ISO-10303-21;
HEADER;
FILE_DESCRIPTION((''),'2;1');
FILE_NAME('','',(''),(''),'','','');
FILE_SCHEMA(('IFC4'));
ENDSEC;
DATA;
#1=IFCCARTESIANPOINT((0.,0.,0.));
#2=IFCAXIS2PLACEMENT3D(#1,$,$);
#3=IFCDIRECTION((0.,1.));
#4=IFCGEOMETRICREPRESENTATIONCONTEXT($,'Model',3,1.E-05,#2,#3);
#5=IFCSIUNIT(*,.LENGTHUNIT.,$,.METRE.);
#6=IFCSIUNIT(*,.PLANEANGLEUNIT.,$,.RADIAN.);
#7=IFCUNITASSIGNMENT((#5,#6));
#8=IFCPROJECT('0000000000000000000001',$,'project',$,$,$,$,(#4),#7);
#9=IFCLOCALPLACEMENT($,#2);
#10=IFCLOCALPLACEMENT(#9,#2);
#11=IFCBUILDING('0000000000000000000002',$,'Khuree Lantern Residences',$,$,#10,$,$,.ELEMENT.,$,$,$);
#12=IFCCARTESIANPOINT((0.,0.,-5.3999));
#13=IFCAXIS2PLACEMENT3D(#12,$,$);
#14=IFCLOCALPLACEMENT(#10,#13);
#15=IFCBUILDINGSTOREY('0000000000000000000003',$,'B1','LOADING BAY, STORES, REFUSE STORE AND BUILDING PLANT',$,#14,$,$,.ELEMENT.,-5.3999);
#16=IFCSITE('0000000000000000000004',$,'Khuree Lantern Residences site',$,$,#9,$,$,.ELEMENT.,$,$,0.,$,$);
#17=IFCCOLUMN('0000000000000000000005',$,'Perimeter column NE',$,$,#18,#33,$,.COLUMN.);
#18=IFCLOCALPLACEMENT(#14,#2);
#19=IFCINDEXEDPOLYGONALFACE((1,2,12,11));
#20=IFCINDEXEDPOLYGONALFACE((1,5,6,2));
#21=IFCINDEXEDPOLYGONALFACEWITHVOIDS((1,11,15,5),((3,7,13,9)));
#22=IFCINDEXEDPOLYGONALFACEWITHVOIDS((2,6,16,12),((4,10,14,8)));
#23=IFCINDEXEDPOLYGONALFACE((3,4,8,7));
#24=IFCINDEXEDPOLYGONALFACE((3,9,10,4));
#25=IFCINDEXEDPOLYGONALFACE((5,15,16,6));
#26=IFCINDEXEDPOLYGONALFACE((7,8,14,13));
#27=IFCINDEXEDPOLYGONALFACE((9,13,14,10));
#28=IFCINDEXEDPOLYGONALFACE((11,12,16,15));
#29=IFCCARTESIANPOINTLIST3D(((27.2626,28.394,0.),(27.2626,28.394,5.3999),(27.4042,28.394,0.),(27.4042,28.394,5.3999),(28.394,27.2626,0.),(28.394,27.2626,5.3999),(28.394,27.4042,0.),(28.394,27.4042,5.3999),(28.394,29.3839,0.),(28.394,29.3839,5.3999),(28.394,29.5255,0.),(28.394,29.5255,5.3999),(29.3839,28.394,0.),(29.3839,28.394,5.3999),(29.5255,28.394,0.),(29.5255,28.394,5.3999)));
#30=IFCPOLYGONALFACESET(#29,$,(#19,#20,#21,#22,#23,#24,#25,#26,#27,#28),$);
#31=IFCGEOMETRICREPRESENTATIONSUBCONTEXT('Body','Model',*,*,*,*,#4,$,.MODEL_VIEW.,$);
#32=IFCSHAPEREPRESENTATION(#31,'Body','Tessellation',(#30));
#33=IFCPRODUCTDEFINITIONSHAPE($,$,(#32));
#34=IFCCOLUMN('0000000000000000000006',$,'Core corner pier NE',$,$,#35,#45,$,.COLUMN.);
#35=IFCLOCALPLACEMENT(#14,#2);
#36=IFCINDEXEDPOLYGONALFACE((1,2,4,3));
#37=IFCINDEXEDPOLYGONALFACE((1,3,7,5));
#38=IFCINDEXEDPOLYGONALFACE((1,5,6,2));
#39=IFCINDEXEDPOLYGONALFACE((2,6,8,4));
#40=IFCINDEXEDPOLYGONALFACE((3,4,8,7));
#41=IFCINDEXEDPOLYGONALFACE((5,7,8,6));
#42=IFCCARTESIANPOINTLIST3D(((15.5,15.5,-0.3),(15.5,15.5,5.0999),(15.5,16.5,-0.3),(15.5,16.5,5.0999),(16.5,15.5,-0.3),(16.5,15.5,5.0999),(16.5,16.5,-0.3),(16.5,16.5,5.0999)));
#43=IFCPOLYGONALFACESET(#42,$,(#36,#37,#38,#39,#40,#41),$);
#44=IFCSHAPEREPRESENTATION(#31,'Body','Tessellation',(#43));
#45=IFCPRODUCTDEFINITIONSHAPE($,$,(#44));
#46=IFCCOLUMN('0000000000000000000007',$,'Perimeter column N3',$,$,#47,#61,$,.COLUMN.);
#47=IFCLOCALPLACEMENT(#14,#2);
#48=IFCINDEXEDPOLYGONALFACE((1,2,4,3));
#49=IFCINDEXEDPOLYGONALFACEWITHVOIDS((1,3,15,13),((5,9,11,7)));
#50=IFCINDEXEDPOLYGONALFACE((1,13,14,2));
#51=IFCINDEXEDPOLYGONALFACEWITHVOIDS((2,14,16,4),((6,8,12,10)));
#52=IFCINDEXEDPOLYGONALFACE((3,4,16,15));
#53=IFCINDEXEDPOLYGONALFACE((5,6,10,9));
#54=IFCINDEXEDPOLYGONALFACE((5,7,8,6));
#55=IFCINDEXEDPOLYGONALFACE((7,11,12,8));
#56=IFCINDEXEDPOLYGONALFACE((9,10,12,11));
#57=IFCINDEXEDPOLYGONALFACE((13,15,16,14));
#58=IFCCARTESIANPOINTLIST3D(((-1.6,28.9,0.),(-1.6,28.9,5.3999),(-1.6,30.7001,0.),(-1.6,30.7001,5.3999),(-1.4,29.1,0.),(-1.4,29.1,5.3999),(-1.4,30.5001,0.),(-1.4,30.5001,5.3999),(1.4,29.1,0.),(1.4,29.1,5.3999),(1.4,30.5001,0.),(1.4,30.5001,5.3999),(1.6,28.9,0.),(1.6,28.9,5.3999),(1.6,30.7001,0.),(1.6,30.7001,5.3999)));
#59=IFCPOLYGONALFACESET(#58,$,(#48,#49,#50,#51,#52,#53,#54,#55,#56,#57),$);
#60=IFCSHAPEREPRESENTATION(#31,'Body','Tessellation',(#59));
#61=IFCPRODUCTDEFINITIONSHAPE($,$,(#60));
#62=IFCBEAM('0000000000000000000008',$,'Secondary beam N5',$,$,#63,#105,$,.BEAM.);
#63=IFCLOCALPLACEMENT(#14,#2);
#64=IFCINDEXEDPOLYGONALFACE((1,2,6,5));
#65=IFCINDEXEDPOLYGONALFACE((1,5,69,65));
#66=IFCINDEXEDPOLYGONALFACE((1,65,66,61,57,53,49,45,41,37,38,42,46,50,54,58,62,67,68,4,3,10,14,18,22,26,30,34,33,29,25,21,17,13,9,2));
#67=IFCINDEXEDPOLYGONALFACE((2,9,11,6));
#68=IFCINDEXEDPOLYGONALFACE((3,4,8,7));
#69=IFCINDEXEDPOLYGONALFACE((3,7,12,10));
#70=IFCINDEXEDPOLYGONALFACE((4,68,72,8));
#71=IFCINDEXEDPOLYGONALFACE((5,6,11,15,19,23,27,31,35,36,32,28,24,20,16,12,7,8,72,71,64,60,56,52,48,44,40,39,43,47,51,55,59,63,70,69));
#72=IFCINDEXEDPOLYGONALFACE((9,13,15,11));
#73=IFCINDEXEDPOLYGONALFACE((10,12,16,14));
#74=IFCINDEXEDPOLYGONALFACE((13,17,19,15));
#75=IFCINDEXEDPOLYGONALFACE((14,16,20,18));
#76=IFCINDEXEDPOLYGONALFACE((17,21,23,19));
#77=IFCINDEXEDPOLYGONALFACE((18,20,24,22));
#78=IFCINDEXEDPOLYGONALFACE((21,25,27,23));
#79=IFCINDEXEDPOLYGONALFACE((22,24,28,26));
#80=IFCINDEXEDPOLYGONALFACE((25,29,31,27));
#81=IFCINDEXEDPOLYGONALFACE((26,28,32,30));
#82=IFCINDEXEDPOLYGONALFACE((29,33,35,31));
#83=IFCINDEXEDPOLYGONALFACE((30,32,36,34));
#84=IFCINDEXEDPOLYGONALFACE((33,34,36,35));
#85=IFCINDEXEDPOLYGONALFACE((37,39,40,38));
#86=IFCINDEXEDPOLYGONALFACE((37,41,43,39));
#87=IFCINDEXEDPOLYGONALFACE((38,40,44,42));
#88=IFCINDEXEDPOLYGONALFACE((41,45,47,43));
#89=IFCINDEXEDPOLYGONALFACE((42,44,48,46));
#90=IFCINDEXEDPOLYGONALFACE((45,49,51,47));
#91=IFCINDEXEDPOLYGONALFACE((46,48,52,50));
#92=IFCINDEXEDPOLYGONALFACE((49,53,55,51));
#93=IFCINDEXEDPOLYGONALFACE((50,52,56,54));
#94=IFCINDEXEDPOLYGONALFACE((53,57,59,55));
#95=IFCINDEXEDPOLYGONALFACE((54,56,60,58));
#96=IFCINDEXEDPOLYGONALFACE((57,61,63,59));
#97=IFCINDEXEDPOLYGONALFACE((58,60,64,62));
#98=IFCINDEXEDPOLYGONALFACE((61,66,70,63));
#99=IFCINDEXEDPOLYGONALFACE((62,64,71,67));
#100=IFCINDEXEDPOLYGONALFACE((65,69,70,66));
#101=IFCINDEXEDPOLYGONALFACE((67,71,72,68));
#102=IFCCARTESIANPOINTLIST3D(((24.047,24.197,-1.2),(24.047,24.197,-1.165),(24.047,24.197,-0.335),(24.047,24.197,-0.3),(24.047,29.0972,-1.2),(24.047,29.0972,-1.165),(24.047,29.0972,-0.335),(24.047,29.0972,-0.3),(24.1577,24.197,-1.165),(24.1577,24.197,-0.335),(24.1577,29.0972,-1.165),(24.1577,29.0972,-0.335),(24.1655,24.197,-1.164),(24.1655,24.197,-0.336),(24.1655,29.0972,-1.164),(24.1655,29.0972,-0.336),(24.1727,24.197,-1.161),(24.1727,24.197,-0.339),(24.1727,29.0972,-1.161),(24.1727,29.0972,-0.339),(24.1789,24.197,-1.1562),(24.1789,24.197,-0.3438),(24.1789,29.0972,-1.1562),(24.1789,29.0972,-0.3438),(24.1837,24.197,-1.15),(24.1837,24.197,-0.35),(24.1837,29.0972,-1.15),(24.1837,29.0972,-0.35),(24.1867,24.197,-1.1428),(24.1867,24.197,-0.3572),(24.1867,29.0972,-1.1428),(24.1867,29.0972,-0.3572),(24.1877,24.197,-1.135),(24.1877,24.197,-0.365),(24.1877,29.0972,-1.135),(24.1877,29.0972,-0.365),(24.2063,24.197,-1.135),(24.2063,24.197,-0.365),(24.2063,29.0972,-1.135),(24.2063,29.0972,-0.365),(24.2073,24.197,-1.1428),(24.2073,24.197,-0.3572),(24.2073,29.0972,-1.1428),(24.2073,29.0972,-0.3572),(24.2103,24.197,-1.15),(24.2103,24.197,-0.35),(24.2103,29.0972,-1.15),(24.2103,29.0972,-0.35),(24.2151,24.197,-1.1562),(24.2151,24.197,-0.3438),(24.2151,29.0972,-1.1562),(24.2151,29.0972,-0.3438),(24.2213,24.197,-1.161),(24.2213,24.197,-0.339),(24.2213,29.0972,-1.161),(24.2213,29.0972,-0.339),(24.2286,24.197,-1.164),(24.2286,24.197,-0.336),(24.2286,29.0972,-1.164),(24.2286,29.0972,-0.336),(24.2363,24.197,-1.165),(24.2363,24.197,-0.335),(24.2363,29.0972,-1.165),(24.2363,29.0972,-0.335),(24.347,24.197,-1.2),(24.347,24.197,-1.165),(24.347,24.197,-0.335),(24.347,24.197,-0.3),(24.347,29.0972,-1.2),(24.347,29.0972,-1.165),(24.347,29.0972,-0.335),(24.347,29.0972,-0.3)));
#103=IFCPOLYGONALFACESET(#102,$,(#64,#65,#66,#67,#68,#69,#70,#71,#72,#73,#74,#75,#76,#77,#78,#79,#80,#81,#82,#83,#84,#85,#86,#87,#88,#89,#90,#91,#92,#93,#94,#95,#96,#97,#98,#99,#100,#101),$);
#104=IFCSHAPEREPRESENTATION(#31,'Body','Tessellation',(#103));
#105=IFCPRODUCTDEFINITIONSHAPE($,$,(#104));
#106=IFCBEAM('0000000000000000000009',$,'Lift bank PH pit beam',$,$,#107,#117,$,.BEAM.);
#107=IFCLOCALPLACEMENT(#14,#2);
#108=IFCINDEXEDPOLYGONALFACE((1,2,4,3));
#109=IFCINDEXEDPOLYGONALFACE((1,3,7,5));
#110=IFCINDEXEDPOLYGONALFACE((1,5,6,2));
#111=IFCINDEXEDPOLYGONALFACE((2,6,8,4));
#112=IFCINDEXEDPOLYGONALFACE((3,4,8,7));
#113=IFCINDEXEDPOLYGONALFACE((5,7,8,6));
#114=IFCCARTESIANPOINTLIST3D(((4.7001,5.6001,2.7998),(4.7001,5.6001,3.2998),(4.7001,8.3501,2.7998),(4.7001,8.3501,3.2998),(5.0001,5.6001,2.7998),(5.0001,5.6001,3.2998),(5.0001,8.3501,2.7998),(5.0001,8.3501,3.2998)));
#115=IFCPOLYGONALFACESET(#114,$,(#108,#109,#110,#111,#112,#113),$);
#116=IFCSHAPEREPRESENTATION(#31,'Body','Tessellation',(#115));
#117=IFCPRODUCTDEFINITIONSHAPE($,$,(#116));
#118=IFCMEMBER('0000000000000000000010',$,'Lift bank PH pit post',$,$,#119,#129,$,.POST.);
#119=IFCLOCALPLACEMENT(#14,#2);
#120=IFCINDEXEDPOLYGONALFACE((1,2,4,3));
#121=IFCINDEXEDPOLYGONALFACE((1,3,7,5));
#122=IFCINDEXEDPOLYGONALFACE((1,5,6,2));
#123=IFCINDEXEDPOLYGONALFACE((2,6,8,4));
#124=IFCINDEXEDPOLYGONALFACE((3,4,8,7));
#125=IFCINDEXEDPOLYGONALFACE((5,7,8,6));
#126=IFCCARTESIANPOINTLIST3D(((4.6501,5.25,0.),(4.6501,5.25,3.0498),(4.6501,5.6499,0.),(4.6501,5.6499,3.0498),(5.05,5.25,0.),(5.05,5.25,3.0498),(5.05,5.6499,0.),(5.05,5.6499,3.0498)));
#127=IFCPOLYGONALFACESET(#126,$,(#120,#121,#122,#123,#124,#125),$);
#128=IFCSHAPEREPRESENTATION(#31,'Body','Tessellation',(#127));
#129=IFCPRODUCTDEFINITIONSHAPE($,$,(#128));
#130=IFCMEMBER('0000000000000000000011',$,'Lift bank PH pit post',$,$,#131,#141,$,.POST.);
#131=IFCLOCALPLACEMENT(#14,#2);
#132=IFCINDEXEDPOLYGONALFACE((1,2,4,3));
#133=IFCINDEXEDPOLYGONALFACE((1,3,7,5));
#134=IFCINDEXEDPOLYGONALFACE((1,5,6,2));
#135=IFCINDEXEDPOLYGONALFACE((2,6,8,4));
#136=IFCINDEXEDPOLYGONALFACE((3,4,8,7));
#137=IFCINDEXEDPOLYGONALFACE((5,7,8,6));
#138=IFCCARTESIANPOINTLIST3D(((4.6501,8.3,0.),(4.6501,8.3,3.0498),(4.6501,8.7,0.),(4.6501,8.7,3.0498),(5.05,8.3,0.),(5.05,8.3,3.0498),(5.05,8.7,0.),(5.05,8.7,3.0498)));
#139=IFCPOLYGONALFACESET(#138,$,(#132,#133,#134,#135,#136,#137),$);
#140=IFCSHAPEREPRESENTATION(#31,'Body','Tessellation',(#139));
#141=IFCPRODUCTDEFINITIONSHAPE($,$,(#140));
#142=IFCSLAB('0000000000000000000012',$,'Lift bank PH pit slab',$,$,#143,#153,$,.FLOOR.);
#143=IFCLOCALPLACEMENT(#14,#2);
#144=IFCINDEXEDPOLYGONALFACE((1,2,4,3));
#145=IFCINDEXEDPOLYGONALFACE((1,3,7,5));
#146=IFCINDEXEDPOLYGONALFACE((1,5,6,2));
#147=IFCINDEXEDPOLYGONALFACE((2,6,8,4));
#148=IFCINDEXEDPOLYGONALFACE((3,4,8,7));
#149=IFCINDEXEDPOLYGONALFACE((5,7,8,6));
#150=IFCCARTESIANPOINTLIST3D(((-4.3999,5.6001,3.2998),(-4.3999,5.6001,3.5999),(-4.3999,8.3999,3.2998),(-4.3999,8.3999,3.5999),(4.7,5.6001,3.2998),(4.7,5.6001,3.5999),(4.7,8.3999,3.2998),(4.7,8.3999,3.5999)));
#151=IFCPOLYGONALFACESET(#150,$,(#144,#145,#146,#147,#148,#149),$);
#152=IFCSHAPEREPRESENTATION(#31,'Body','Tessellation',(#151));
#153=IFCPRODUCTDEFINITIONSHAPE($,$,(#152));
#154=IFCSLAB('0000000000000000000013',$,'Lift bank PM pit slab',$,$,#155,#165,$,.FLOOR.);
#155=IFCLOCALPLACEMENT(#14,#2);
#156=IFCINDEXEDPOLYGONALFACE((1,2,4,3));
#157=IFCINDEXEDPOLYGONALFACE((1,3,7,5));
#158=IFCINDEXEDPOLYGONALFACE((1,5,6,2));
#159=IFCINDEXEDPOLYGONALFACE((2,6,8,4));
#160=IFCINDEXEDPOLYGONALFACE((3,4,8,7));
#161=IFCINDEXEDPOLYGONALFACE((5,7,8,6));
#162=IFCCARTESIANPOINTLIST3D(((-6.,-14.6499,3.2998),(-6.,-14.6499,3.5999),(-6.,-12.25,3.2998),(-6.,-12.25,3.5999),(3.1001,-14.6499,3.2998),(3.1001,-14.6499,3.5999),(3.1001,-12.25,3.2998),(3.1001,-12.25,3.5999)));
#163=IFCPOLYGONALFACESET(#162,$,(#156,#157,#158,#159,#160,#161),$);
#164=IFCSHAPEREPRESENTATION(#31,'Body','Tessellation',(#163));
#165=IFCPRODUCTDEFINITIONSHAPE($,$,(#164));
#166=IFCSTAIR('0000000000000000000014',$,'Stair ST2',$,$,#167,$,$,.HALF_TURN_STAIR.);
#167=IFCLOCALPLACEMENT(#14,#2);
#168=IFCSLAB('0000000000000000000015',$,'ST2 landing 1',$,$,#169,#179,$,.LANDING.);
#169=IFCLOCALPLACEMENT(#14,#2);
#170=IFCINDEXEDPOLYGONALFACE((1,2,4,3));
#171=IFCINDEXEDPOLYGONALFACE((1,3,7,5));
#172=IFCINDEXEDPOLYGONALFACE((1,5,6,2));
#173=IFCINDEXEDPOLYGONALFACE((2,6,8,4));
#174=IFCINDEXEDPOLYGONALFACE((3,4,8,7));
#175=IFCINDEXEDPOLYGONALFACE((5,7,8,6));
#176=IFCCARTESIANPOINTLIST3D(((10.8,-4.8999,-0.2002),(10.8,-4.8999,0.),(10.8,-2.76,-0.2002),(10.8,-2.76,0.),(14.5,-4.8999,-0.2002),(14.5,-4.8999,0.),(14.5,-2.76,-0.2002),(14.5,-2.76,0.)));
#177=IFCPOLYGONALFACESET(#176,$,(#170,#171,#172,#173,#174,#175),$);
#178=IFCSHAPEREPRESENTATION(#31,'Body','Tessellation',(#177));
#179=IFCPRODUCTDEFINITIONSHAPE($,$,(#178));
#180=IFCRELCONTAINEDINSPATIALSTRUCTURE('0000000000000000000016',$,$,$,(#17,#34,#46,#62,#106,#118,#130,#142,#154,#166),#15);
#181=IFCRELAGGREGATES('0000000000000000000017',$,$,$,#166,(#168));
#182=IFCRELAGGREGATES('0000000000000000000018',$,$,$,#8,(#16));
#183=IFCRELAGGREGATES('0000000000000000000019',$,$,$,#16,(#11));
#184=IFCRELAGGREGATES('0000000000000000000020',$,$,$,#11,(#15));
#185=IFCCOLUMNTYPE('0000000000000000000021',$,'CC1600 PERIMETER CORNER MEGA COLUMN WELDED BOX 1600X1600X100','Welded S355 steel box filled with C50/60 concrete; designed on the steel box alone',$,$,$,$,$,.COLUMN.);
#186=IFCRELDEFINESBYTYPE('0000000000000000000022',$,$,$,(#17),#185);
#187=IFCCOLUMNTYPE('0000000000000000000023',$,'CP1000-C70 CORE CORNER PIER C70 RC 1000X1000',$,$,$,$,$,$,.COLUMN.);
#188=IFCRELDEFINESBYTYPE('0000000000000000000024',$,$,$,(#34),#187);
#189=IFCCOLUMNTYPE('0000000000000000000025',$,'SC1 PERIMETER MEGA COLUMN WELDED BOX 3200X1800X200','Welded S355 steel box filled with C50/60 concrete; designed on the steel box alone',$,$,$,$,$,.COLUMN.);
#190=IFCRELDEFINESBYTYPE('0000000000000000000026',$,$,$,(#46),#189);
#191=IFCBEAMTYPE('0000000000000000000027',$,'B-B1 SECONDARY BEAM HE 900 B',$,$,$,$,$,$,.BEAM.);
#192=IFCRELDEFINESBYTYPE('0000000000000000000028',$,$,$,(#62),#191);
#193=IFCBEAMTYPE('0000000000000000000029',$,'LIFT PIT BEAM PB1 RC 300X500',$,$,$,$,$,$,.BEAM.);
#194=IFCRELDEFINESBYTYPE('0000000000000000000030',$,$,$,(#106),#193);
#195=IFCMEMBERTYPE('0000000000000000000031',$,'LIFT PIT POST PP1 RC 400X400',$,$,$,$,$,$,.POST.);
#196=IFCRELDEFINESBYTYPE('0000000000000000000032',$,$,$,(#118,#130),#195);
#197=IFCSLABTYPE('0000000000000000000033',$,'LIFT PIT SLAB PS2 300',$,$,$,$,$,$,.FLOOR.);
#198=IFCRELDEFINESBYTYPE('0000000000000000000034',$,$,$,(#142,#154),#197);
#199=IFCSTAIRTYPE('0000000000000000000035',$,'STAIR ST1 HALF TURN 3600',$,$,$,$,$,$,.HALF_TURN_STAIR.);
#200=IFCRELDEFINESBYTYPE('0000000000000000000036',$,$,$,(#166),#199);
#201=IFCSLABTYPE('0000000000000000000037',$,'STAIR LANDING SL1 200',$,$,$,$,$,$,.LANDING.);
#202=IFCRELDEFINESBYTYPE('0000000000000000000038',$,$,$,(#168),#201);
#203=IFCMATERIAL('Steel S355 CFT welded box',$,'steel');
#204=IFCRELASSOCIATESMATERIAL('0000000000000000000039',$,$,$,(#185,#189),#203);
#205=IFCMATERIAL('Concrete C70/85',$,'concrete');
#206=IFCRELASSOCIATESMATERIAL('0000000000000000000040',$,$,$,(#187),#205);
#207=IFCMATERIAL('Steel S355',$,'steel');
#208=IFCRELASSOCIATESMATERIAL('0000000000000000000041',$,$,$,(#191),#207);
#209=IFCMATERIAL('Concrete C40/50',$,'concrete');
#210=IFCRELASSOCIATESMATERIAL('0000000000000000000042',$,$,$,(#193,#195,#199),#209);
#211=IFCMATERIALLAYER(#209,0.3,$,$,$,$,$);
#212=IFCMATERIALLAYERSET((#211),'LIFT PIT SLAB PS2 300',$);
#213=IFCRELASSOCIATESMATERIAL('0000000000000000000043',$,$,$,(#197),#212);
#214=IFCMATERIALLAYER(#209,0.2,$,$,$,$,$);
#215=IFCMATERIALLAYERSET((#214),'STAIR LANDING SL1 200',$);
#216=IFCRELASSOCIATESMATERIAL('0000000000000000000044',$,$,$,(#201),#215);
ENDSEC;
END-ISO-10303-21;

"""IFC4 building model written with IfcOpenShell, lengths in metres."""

from ifc_helpers import new_model, si_unit, direction, frame, origin, origin_2d, place, context, subcontext, project, spatial, polyline, rectangle, hollow_rectangle, i_section, outline, extrude, material, layer, layer_set, material_profile, profile_set, type_object, element, aggregate, save


model = new_model("IFC4")

# Units and contexts
model_context = context("Model", 3, precision=1e-05, world=origin(), true_north=direction((0.0, 1.0)))
body_context = subcontext(model_context, "Body", "Model", "MODEL_VIEW")
ifc_project = project(units=[si_unit("LENGTHUNIT", "METRE"), si_unit("PLANEANGLEUNIT", "RADIAN")], contexts=[model_context])

# Site, building, storey
site_placement = place(None, origin())
site = spatial("IfcSite", under=ifc_project, at=site_placement, Name="Khuree Lantern Residences site", CompositionType="ELEMENT", RefElevation=0.0)
building_placement = place(site_placement, origin())
building = spatial("IfcBuilding", under=site, at=building_placement, Name="Khuree Lantern Residences", CompositionType="ELEMENT")
storey_placement = place(building_placement, frame((0.0, 0.0, -5.3999)))
storey = spatial("IfcBuildingStorey", under=building, at=storey_placement, Name="B1", Description="LOADING BAY, STORES, REFUSE STORE AND BUILDING PLANT", CompositionType="ELEMENT", Elevation=-5.3999)

# Columns
ifc_material_1 = material(Name="Steel S355 CFT welded box", Category="steel")
ifc_material_profile_1 = material_profile(ifc_material_1, hollow_rectangle(XDim=1.6001, YDim=1.6001, WallThickness=0.1001, at=origin_2d()), Name="WELDED BOX 1600X1600X100")
ifc_profile_set_1 = profile_set([ifc_material_profile_1], Name="Steel S355 CFT welded box")
column_type_1 = type_object("IfcColumnType", Name="CC1600 PERIMETER CORNER MEGA COLUMN WELDED BOX 1600X1600X100", Description="Welded S355 steel box filled with C50/60 concrete; designed on the steel box alone", PredefinedType="COLUMN", material=ifc_profile_set_1)
column_1_placement = place(storey_placement, frame((28.394, 28.394, 0.0), z_axis=(0.0, 0.0, 1.0), x_axis=(0.707107, -0.707107, 0.0)))
element("IfcColumn", 1, at=column_1_placement, inside=storey, type_object=column_type_1, Name="Perimeter column NE", PredefinedType="COLUMN", context=body_context, shape_type="SweptSolid", body=[
    extrude(hollow_rectangle(XDim=1.6001, YDim=1.6001, WallThickness=0.1001, at=origin_2d()), origin(), (0.0, 0.0, 1.0), 5.3999),
])
ifc_material_2 = material(Name="Concrete C70/85", Category="concrete")
ifc_material_profile_2 = material_profile(ifc_material_2, rectangle(XDim=1.0, YDim=1.0, at=origin_2d()), Name="RC 1000X1000")
ifc_profile_set_2 = profile_set([ifc_material_profile_2], Name="Concrete C70/85")
column_type_2 = type_object("IfcColumnType", Name="CP1000-C70 CORE CORNER PIER C70 RC 1000X1000", PredefinedType="COLUMN", material=ifc_profile_set_2)
column_2_placement = place(storey_placement, frame((16.0, 16.0, -0.3), z_axis=(0.0, 0.0, 1.0), x_axis=(1.0, 0.0, 0.0)))
element("IfcColumn", 2, at=column_2_placement, inside=storey, type_object=column_type_2, Name="Core corner pier NE", PredefinedType="COLUMN", context=body_context, shape_type="SweptSolid", body=[
    extrude(rectangle(XDim=1.0, YDim=1.0, at=origin_2d()), origin(), (0.0, 0.0, 1.0), 5.3999),
])
ifc_material_profile_3 = material_profile(ifc_material_1, hollow_rectangle(XDim=3.2, YDim=1.8, WallThickness=0.2, at=origin_2d()), Name="WELDED BOX 3200X1800X200")
ifc_profile_set_3 = profile_set([ifc_material_profile_3], Name="Steel S355 CFT welded box")
column_type_3 = type_object("IfcColumnType", Name="SC1 PERIMETER MEGA COLUMN WELDED BOX 3200X1800X200", Description="Welded S355 steel box filled with C50/60 concrete; designed on the steel box alone", PredefinedType="COLUMN", material=ifc_profile_set_3)
column_3_placement = place(storey_placement, frame((0.0, 29.8, 0.0), z_axis=(0.0, 0.0, 1.0), x_axis=(1.0, 0.0, 0.0)))
element("IfcColumn", 3, at=column_3_placement, inside=storey, type_object=column_type_3, Name="Perimeter column N3", PredefinedType="COLUMN", context=body_context, shape_type="SweptSolid", body=[
    extrude(hollow_rectangle(XDim=3.2, YDim=1.8, WallThickness=0.2, at=origin_2d()), origin(), (0.0, 0.0, 1.0), 5.3999),
])

# Beams
ifc_material_3 = material(Name="Steel S355", Category="steel")
ifc_material_profile_4 = material_profile(ifc_material_3, i_section(OverallWidth=0.3, OverallDepth=0.8999, WebThickness=0.0186, FlangeThickness=0.0349, FilletRadius=0.03, at=origin_2d()), Name="HE 900 B")
ifc_profile_set_4 = profile_set([ifc_material_profile_4], Name="Steel S355")
beam_type_1 = type_object("IfcBeamType", Name="B-B1 SECONDARY BEAM HE 900 B", PredefinedType="BEAM", material=ifc_profile_set_4)
beam_1_placement = place(storey_placement, frame((24.197, 29.0972, -0.75), z_axis=(0.0, -1.0, 0.0), x_axis=(1.0, 0.0, 0.0)))
element("IfcBeam", 4, at=beam_1_placement, inside=storey, type_object=beam_type_1, Name="Secondary beam N5", PredefinedType="BEAM", context=body_context, shape_type="SweptSolid", body=[
    extrude(i_section(OverallWidth=0.3, OverallDepth=0.8999, WebThickness=0.0186, FlangeThickness=0.0349, FilletRadius=0.03, at=origin_2d()), origin(), (0.0, 0.0, 1.0), 4.9001),
])
ifc_material_4 = material(Name="Concrete C40/50", Category="concrete")
ifc_material_profile_5 = material_profile(ifc_material_4, rectangle(XDim=0.3, YDim=0.5, at=origin_2d()), Name="RC 300X500")
ifc_profile_set_5 = profile_set([ifc_material_profile_5], Name="Concrete C40/50")
beam_type_2 = type_object("IfcBeamType", Name="LIFT PIT BEAM PB1 RC 300X500", PredefinedType="BEAM", material=ifc_profile_set_5)
beam_2_placement = place(storey_placement, frame((4.8501, 5.6001, 3.0498), z_axis=(0.0, 1.0, 0.0), x_axis=(-1.0, 0.0, 0.0)))
element("IfcBeam", 5, at=beam_2_placement, inside=storey, type_object=beam_type_2, Name="Lift bank PH pit beam", PredefinedType="BEAM", context=body_context, shape_type="SweptSolid", body=[
    extrude(rectangle(XDim=0.3, YDim=0.5, at=origin_2d()), origin(), (0.0, 0.0, 1.0), 2.75),
])

# Members
ifc_material_profile_6 = material_profile(ifc_material_4, rectangle(XDim=0.3999, YDim=0.3999, at=origin_2d()), Name="RC 400X400")
ifc_profile_set_6 = profile_set([ifc_material_profile_6], Name="Concrete C40/50")
member_type = type_object("IfcMemberType", Name="LIFT PIT POST PP1 RC 400X400", PredefinedType="POST", material=ifc_profile_set_6)
for number, where, z_axis, x_axis, name in (
    (6, (4.8501, 5.45, 0.0), (0.0, 0.0, 1.0), (1.0, 0.0, 0.0), "Lift bank PH pit post"),
    (7, (4.8501, 8.5, 0.0), (0.0, 0.0, 1.0), (1.0, 0.0, 0.0), "Lift bank PH pit post"),
):
    element("IfcMember", number, at=place(storey_placement, frame(where, z_axis=z_axis, x_axis=x_axis)), inside=storey, type_object=member_type, Name=name, PredefinedType="POST", context=body_context, shape_type="SweptSolid", body=[
        extrude(rectangle(XDim=0.3999, YDim=0.3999, at=origin_2d()), origin(), (0.0, 0.0, 1.0), 3.0498),
    ])

# Slabs
ifc_layer_1 = layer(ifc_material_4, 0.3)
ifc_layer_set_1 = layer_set([ifc_layer_1], Name="LIFT PIT SLAB PS2 300")
slab_type_1 = type_object("IfcSlabType", Name="LIFT PIT SLAB PS2 300", PredefinedType="FLOOR", material=ifc_layer_set_1)
slab_1_placement = place(storey_placement, frame((0.0, 0.0, 3.2998)))
element("IfcSlab", 8, at=slab_1_placement, inside=storey, type_object=slab_type_1, Name="Lift bank PH pit slab", PredefinedType="FLOOR", context=body_context, shape_type="SweptSolid", body=[
    extrude(outline(polyline([(-4.3999, 5.6001), (4.7, 5.6001), (4.7, 8.3999), (-4.3999, 8.3999), (-4.3999, 5.6001)])), origin(), (0.0, 0.0, 1.0), 0.3),
])
slab_2_placement = place(storey_placement, frame((0.0, 0.0, 3.2998)))
element("IfcSlab", 9, at=slab_2_placement, inside=storey, type_object=slab_type_1, Name="Lift bank PM pit slab", PredefinedType="FLOOR", context=body_context, shape_type="SweptSolid", body=[
    extrude(outline(polyline([(-6.0, -14.6499), (3.1001, -14.6499), (3.1001, -12.25), (-6.0, -12.25), (-6.0, -14.6499)])), origin(), (0.0, 0.0, 1.0), 0.3),
])

# Stair, slab
stair_type_1 = type_object("IfcStairType", Name="STAIR ST1 HALF TURN 3600", PredefinedType="HALF_TURN_STAIR", material=ifc_material_4)
stair_1_placement = place(storey_placement, origin())
stair_1 = element("IfcStair", 10, at=stair_1_placement, inside=storey, type_object=stair_type_1, Name="Stair ST2", PredefinedType="HALF_TURN_STAIR")
ifc_layer_2 = layer(ifc_material_4, 0.2)
ifc_layer_set_2 = layer_set([ifc_layer_2], Name="STAIR LANDING SL1 200")
slab_type_2 = type_object("IfcSlabType", Name="STAIR LANDING SL1 200", PredefinedType="LANDING", material=ifc_layer_set_2)
slab_3_placement = place(storey_placement, frame((0.0, 0.0, -0.2002)))
slab_3 = element("IfcSlab", 11, at=slab_3_placement, type_object=slab_type_2, Name="ST2 landing 1", PredefinedType="LANDING", context=body_context, shape_type="SweptSolid", body=[
    extrude(outline(polyline([(10.8, -4.8999), (14.5, -4.8999), (14.5, -2.76), (10.8, -2.76), (10.8, -4.8999)])), origin(), (0.0, 0.0, 1.0), 0.2002),
])

aggregate(stair_1, [slab_3])

save(model, "model.ifc")
